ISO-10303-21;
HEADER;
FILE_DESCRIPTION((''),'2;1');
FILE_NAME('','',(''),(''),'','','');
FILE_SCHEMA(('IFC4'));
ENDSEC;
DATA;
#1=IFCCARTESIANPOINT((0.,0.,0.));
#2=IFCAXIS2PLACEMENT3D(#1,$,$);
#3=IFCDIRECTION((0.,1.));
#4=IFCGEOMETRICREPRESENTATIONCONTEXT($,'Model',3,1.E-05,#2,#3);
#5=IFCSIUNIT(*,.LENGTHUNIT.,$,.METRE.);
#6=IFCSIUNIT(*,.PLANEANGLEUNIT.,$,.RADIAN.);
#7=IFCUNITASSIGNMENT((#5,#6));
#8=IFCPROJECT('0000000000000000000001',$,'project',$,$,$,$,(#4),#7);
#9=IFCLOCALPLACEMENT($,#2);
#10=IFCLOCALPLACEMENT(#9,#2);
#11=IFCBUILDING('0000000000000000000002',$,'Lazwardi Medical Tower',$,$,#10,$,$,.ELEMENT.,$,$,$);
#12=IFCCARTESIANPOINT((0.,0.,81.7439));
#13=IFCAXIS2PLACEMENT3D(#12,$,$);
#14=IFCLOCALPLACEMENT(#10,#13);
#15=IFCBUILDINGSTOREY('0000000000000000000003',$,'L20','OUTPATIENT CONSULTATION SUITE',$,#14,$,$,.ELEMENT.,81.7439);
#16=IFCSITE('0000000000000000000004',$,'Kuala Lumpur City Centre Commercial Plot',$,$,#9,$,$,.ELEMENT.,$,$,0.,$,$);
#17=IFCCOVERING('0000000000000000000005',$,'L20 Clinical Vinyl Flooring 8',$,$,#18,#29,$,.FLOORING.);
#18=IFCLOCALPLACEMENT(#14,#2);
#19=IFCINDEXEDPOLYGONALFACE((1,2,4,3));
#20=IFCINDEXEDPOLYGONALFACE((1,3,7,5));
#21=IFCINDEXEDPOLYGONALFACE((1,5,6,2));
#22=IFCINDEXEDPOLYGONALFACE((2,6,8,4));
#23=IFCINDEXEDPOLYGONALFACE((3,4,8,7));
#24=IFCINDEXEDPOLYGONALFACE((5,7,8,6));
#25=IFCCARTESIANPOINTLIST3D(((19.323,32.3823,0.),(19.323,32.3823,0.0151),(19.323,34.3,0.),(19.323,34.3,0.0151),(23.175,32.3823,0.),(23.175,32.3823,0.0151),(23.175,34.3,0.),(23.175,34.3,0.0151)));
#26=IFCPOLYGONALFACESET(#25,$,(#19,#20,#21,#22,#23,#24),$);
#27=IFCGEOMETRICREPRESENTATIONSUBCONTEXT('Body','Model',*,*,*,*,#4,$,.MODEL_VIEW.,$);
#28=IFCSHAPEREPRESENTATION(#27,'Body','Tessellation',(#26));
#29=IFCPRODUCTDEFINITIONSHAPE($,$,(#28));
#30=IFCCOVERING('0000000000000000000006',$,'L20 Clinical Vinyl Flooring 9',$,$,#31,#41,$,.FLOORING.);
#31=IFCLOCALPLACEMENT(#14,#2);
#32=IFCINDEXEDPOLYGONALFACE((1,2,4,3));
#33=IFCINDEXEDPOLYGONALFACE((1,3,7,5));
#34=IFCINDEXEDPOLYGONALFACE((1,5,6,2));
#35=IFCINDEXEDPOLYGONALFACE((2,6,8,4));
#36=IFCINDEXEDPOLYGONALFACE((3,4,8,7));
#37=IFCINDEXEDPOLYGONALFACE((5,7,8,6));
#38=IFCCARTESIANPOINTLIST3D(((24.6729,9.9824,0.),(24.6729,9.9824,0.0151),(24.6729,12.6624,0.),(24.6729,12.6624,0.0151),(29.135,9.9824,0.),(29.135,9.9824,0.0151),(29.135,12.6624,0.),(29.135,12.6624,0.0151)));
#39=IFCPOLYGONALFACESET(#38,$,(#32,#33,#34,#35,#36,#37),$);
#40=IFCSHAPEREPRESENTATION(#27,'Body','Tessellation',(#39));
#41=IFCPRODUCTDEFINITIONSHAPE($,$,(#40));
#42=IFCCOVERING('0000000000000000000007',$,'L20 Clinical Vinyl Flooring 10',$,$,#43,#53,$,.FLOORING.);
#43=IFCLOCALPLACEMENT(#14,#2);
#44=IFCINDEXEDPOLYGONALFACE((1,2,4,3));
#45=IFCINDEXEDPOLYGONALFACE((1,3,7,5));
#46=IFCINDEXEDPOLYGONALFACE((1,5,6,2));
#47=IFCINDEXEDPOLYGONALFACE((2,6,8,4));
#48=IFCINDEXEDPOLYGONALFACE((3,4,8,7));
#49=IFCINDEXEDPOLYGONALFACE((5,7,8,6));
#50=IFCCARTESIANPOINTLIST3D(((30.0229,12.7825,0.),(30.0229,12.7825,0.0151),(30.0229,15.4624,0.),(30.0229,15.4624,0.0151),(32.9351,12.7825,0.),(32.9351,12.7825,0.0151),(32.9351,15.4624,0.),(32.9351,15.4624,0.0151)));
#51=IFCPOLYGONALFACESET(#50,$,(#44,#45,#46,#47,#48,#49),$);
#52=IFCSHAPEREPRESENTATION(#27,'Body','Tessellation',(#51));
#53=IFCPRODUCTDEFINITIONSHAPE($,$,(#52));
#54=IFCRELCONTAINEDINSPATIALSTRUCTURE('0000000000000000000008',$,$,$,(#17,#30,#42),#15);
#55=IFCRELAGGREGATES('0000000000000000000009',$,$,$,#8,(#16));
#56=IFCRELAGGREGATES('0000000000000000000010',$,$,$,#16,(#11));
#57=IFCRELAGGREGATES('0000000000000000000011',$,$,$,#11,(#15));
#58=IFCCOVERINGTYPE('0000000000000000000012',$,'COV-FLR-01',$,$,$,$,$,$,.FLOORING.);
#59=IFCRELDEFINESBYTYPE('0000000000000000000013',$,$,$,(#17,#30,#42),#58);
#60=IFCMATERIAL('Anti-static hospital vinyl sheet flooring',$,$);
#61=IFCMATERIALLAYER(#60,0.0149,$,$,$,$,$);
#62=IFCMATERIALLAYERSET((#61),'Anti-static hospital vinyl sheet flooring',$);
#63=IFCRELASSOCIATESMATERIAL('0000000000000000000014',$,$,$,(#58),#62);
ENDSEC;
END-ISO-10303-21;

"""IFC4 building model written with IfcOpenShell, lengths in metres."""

from ifc_helpers import new_model, si_unit, direction, frame, origin, place, context, subcontext, project, spatial, polyline, outline, extrude, material, layer, layer_set, type_object, element, save


model = new_model("IFC4")

# Units and contexts
model_context = context("Model", 3, precision=1e-05, world=origin(), true_north=direction((0.0, 1.0)))
body_context = subcontext(model_context, "Body", "Model", "MODEL_VIEW")
ifc_project = project(units=[si_unit("LENGTHUNIT", "METRE"), si_unit("PLANEANGLEUNIT", "RADIAN")], contexts=[model_context])

# Site, building, storey
site_placement = place(None, origin())
site = spatial("IfcSite", under=ifc_project, at=site_placement, Name="Kuala Lumpur City Centre Commercial Plot", CompositionType="ELEMENT", RefElevation=0.0)
building_placement = place(site_placement, origin())
building = spatial("IfcBuilding", under=site, at=building_placement, Name="Lazwardi Medical Tower", CompositionType="ELEMENT")
storey_placement = place(building_placement, frame((0.0, 0.0, 81.7439)))
storey = spatial("IfcBuildingStorey", under=building, at=storey_placement, Name="L20", Description="OUTPATIENT CONSULTATION SUITE", CompositionType="ELEMENT", Elevation=81.7439)

# Coverings
ifc_material_1 = material(Name="Anti-static hospital vinyl sheet flooring")
ifc_layer_1 = layer(ifc_material_1, 0.0149)
ifc_layer_set_1 = layer_set([ifc_layer_1], Name="Anti-static hospital vinyl sheet flooring")
covering_type_1 = type_object("IfcCoveringType", Name="COV-FLR-01", PredefinedType="FLOORING", material=ifc_layer_set_1)
covering_1_placement = place(storey_placement, origin())
element("IfcCovering", 1, at=covering_1_placement, inside=storey, type_object=covering_type_1, Name="L20 Clinical Vinyl Flooring 8", PredefinedType="FLOORING", context=body_context, shape_type="SweptSolid", body=[
    extrude(outline(polyline([(23.175, 32.3823), (23.175, 34.3), (19.323, 34.3), (19.323, 32.3823), (23.175, 32.3823)])), origin(), (0.0, 0.0, 1.0), 0.0151),
])
covering_2_placement = place(storey_placement, origin())
element("IfcCovering", 2, at=covering_2_placement, inside=storey, type_object=covering_type_1, Name="L20 Clinical Vinyl Flooring 9", PredefinedType="FLOORING", context=body_context, shape_type="SweptSolid", body=[
    extrude(outline(polyline([(29.135, 9.9824), (29.135, 12.6624), (24.6729, 12.6624), (24.6729, 9.9824), (29.135, 9.9824)])), origin(), (0.0, 0.0, 1.0), 0.0151),
])
covering_3_placement = place(storey_placement, origin())
element("IfcCovering", 3, at=covering_3_placement, inside=storey, type_object=covering_type_1, Name="L20 Clinical Vinyl Flooring 10", PredefinedType="FLOORING", context=body_context, shape_type="SweptSolid", body=[
    extrude(outline(polyline([(32.9351, 12.7825), (32.9351, 15.4624), (30.0229, 15.4624), (30.0229, 12.7825), (32.9351, 12.7825)])), origin(), (0.0, 0.0, 1.0), 0.0151),
])

save(model, "model.ifc")
